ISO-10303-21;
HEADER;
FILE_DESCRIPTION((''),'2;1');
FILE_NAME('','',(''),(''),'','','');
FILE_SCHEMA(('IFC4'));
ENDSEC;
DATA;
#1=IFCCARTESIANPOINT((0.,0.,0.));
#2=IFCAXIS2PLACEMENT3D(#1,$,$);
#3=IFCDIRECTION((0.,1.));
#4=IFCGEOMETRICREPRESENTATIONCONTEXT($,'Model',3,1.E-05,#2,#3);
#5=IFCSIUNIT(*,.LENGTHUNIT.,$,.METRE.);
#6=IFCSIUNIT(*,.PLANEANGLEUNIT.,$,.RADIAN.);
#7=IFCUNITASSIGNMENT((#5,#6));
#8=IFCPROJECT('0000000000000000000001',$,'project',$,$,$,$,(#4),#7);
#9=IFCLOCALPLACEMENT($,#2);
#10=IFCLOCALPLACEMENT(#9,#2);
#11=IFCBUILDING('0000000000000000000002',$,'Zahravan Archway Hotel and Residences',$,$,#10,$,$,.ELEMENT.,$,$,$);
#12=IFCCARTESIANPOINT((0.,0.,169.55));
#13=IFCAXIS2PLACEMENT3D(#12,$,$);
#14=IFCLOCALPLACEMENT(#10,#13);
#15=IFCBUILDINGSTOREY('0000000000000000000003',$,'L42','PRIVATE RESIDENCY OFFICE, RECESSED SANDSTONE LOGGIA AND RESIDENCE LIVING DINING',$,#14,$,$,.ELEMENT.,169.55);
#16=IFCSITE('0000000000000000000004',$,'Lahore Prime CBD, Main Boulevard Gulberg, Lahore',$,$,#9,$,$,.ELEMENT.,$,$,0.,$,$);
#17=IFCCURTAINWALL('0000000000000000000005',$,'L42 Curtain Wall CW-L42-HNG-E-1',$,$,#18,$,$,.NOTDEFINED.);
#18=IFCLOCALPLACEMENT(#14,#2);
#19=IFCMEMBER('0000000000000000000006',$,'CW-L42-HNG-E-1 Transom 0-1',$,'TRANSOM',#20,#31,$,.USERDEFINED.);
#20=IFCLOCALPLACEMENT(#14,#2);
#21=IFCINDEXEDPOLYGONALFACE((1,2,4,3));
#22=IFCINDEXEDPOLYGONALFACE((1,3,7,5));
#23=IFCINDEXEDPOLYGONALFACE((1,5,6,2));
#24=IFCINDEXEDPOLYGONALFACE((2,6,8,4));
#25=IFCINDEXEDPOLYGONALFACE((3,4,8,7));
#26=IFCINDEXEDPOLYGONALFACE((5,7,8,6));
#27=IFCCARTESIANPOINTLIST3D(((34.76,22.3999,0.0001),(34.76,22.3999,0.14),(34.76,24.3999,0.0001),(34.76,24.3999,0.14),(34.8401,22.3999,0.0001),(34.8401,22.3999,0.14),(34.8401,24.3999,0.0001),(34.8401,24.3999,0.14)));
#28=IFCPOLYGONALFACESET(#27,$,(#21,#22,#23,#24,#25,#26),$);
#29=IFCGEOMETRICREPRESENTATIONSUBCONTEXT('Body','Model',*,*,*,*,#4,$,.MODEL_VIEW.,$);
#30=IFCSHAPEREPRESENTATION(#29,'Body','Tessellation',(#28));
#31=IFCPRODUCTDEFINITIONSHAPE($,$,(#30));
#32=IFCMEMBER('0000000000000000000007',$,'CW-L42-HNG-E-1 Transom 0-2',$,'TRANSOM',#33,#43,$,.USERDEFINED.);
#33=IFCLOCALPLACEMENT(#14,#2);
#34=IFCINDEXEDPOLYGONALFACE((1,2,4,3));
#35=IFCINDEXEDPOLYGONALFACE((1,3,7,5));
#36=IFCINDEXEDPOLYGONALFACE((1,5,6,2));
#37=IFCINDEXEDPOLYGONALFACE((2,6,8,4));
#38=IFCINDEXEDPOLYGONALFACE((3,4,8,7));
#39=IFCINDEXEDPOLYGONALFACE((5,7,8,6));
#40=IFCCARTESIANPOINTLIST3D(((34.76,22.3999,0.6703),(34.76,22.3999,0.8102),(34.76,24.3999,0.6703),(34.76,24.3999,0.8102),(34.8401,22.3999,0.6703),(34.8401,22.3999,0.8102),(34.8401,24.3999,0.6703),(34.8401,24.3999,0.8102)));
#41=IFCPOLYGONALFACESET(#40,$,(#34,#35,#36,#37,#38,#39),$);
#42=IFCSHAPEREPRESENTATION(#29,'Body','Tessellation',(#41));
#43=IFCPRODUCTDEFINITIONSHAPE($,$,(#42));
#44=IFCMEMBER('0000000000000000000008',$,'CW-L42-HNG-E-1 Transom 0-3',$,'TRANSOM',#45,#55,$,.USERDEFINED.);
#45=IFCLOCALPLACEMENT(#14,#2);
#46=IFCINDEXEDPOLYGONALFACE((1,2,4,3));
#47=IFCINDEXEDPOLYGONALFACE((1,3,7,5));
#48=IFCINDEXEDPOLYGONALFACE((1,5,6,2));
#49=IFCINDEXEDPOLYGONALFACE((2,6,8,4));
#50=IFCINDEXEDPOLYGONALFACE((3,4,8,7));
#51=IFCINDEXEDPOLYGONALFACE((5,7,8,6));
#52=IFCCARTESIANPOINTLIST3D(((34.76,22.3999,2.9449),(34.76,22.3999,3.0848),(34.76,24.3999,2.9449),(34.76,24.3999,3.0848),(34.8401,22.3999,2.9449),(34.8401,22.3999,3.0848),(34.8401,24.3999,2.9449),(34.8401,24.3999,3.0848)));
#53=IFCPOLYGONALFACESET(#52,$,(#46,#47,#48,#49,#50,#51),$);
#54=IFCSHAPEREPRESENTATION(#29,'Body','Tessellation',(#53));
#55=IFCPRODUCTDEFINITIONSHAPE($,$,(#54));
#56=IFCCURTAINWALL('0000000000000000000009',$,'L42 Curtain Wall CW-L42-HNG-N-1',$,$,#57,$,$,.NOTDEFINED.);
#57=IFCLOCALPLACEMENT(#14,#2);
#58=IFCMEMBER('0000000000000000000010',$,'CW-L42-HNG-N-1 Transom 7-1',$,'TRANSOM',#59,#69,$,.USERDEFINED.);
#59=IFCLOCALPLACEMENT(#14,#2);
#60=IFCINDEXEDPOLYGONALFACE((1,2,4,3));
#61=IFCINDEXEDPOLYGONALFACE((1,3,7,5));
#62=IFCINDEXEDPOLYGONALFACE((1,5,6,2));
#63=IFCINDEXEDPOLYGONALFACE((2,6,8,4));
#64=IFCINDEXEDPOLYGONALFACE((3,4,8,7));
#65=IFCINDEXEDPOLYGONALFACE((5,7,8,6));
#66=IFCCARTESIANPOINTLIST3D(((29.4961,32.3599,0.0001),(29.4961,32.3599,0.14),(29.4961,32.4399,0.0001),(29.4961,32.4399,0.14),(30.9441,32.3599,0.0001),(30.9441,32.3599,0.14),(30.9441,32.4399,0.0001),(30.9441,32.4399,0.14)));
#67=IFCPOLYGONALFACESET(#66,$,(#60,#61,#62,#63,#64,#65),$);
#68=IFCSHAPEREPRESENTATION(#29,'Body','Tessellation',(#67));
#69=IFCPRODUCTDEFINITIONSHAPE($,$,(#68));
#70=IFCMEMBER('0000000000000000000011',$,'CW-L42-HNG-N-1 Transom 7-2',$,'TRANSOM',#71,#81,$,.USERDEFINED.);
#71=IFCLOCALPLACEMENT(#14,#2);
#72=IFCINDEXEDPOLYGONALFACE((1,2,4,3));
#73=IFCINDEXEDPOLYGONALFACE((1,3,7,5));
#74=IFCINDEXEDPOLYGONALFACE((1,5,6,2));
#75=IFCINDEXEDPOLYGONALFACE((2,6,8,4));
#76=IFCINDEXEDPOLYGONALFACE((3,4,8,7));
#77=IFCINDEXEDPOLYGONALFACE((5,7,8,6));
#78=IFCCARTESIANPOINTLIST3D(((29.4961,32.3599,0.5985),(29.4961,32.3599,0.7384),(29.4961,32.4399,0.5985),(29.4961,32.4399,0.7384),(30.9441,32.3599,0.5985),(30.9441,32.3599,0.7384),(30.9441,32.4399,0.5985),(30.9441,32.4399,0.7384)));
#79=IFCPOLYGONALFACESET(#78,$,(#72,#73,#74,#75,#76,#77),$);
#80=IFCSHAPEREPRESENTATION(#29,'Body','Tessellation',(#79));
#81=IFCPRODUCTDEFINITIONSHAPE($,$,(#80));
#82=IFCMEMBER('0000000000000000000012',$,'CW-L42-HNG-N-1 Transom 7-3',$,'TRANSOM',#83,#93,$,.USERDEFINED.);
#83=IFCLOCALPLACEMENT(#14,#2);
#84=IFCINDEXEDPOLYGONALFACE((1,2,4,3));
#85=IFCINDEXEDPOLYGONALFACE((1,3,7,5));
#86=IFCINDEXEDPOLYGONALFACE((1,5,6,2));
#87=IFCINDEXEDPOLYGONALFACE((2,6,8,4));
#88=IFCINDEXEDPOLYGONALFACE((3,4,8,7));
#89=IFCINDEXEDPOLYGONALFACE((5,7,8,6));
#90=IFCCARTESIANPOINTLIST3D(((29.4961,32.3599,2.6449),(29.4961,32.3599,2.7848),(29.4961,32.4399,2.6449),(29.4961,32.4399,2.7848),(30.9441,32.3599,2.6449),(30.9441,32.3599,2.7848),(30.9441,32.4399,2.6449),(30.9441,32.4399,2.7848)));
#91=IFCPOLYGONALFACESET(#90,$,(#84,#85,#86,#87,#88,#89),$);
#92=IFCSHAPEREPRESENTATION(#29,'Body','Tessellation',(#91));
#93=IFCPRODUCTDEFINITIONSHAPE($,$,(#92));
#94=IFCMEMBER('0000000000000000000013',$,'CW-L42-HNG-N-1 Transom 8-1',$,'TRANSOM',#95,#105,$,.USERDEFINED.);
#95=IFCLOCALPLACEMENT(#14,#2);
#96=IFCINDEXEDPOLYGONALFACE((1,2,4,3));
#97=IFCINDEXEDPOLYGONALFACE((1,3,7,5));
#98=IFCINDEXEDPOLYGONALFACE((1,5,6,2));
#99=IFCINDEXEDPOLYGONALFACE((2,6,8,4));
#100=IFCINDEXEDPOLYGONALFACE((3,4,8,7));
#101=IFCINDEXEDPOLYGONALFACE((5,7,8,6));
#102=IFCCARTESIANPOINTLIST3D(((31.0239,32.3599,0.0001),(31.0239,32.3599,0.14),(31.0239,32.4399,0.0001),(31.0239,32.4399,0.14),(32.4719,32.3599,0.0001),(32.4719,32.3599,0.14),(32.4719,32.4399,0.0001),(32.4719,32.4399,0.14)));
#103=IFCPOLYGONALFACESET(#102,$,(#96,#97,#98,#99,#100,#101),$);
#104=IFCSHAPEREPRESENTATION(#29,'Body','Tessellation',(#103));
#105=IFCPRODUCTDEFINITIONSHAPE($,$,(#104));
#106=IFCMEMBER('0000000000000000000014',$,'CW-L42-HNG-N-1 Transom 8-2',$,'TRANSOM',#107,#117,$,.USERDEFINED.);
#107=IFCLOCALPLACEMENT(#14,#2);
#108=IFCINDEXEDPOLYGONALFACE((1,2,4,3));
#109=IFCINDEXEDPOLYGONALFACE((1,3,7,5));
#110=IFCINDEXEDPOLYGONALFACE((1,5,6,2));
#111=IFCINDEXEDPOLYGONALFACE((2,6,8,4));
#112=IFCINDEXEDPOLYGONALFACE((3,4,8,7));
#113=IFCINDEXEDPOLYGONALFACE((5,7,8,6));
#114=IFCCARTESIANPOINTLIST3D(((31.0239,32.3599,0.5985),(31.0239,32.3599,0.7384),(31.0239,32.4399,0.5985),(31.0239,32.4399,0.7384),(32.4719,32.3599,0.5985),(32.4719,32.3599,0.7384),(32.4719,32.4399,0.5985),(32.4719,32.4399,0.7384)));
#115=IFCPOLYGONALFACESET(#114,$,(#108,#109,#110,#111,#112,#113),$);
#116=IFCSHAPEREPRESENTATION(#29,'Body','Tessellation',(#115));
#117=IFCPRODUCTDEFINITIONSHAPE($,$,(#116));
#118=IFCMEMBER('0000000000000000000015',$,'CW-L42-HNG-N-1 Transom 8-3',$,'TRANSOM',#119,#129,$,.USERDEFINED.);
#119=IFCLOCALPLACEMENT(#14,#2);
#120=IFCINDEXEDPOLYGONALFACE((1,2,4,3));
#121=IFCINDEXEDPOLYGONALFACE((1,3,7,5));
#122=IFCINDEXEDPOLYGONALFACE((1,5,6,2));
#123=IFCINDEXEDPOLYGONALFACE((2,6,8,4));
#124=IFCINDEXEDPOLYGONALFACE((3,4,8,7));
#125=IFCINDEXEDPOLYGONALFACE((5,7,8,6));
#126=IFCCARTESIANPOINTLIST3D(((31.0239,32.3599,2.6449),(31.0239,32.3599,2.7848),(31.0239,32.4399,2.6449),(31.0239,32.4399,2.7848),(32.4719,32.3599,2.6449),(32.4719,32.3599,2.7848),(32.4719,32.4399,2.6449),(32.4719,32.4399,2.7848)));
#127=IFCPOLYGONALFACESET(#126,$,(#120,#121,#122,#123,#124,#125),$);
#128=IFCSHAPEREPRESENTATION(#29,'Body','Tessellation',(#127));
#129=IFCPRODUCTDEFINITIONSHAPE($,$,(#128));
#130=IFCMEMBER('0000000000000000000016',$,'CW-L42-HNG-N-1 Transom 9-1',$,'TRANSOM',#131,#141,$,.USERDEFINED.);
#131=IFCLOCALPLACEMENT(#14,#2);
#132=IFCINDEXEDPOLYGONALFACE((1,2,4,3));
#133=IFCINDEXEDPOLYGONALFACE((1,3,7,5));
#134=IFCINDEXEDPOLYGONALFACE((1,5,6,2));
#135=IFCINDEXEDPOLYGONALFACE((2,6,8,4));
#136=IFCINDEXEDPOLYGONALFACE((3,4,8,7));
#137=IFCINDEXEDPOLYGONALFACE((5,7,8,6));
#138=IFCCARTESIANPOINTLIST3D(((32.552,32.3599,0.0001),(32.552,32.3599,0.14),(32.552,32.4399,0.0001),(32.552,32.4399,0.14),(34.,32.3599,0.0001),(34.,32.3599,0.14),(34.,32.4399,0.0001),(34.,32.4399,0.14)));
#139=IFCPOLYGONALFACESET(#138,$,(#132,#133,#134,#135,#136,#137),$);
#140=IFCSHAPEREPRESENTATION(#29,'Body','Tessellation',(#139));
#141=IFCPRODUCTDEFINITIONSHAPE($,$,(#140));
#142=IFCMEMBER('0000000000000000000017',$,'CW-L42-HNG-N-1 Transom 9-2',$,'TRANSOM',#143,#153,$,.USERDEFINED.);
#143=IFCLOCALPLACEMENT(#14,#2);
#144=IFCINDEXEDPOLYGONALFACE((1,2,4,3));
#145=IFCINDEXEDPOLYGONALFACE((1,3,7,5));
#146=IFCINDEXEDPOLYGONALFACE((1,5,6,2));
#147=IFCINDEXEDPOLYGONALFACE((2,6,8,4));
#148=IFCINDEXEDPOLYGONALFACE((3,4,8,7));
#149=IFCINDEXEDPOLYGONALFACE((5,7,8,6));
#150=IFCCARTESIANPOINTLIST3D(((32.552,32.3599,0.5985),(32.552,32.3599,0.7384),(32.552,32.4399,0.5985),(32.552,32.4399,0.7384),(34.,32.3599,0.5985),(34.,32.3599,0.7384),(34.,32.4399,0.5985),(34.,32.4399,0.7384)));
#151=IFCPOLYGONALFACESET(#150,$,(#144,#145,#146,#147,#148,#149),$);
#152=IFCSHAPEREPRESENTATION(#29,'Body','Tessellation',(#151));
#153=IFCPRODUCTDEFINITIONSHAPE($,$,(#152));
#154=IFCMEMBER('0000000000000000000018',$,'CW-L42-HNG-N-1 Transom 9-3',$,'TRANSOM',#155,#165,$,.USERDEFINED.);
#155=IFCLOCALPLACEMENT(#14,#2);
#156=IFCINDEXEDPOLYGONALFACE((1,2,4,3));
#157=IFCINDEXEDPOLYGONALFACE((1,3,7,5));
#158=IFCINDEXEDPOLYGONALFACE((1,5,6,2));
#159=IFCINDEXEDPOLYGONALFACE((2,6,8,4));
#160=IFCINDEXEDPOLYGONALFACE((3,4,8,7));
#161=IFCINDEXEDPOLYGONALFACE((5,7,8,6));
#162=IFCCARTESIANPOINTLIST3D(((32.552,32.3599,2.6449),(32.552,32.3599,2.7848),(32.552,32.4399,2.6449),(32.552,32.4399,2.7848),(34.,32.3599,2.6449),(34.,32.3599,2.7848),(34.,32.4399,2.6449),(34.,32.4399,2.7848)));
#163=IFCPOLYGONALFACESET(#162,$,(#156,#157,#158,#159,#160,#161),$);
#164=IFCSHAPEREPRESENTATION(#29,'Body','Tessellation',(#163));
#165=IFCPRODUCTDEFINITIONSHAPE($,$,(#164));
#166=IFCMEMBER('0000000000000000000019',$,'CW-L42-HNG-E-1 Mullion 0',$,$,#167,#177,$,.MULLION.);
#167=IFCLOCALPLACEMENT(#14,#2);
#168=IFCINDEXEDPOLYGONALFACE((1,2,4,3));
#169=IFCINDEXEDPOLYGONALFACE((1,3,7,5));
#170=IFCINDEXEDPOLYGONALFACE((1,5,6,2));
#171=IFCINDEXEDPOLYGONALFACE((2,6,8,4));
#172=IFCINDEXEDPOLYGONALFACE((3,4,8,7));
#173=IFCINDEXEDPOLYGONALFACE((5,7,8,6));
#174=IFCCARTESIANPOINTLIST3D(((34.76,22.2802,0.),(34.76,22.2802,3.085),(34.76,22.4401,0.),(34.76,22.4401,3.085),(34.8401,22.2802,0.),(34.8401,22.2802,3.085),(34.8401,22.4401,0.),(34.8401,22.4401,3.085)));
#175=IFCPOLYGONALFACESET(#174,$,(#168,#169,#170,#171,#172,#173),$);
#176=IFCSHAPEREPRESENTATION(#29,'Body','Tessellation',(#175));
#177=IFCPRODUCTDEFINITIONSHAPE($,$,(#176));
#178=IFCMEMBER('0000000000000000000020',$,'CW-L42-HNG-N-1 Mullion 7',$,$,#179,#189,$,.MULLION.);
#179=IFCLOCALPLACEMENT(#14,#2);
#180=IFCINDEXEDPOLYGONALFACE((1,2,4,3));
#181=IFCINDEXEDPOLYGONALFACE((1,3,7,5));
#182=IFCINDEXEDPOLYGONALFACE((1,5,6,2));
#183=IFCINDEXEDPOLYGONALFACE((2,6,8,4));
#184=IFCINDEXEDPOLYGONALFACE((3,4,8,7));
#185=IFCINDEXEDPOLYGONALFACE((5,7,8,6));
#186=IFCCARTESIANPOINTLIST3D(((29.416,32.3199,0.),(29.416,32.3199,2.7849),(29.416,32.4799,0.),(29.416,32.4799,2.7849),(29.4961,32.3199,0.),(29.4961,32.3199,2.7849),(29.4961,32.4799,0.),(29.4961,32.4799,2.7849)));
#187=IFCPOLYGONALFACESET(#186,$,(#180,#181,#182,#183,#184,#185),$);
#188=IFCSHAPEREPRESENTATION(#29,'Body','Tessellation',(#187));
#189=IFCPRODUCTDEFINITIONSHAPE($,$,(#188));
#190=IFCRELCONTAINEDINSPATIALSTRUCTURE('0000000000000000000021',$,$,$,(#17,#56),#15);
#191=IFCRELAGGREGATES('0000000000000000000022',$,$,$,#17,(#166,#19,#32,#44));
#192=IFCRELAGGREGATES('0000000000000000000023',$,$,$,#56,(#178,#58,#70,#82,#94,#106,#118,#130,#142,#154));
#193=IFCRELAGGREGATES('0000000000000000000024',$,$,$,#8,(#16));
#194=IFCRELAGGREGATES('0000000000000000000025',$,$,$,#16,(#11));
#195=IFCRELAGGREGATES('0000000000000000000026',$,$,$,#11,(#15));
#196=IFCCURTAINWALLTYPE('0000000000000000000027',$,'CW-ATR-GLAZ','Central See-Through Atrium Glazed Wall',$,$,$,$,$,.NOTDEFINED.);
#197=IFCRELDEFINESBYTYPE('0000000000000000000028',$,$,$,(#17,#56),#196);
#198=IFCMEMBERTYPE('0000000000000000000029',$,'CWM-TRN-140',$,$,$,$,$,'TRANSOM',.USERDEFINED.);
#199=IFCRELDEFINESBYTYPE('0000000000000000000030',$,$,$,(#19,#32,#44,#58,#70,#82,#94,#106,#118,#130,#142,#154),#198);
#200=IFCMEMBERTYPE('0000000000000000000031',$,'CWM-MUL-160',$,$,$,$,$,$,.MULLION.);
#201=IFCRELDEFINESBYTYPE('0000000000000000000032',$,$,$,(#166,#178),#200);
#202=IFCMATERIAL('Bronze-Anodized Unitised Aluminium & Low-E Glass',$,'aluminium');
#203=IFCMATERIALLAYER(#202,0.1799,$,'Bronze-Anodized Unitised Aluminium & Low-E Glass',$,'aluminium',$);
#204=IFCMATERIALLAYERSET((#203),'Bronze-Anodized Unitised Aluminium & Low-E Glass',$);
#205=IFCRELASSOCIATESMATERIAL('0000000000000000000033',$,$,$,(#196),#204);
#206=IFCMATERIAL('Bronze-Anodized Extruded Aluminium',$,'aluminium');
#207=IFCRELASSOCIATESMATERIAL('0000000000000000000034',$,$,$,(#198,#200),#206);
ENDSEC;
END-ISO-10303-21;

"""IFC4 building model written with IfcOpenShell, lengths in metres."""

from ifc_helpers import new_model, si_unit, direction, frame, origin, origin_2d, place, context, subcontext, project, spatial, rectangle, extrude, source, transform, mapped, material, layer, layer_set, material_profile, profile_set, type_object, element, aggregate, save


model = new_model("IFC4")

# Units and contexts
model_context = context("Model", 3, precision=1e-05, world=origin(), true_north=direction((0.0, 1.0)))
body_context = subcontext(model_context, "Body", "Model", "MODEL_VIEW")
ifc_project = project(units=[si_unit("LENGTHUNIT", "METRE"), si_unit("PLANEANGLEUNIT", "RADIAN")], contexts=[model_context])

# Site, building, storey
site_placement = place(None, origin())
site = spatial("IfcSite", under=ifc_project, at=site_placement, Name="Lahore Prime CBD, Main Boulevard Gulberg, Lahore", CompositionType="ELEMENT", RefElevation=0.0)
building_placement = place(site_placement, origin())
building = spatial("IfcBuilding", under=site, at=building_placement, Name="Zahravan Archway Hotel and Residences", CompositionType="ELEMENT")
storey_placement = place(building_placement, frame((0.0, 0.0, 169.55)))
storey = spatial("IfcBuildingStorey", under=building, at=storey_placement, Name="L42", Description="PRIVATE RESIDENCY OFFICE, RECESSED SANDSTONE LOGGIA AND RESIDENCE LIVING DINING", CompositionType="ELEMENT", Elevation=169.55)

# Curtain walls, members
ifc_material_1 = material(Name="Bronze-Anodized Unitised Aluminium & Low-E Glass", Category="aluminium")
ifc_layer_1 = layer(ifc_material_1, 0.1799, Name="Bronze-Anodized Unitised Aluminium & Low-E Glass", Category="aluminium")
ifc_layer_set_1 = layer_set([ifc_layer_1], Name="Bronze-Anodized Unitised Aluminium & Low-E Glass")
curtain_wall_type = type_object("IfcCurtainWallType", Name="CW-ATR-GLAZ", Description="Central See-Through Atrium Glazed Wall", PredefinedType="NOTDEFINED", material=ifc_layer_set_1)
curtain_wall_1_placement = place(storey_placement, origin())
curtain_wall_1 = element("IfcCurtainWall", 1, at=curtain_wall_1_placement, inside=storey, type_object=curtain_wall_type, Name="L42 Curtain Wall CW-L42-HNG-E-1", PredefinedType="NOTDEFINED")
ifc_material_2 = material(Name="Bronze-Anodized Extruded Aluminium", Category="aluminium")
ifc_material_profile_1 = material_profile(ifc_material_2, rectangle(XDim=0.0801, YDim=0.1399, at=origin_2d()), Name="TRN 80x140", Category="aluminium")
ifc_profile_set_1 = profile_set([ifc_material_profile_1], Name="Bronze-Anodized Extruded Aluminium")
member_type_1 = type_object("IfcMemberType", Name="CWM-TRN-140", ElementType="TRANSOM", PredefinedType="USERDEFINED", material=ifc_profile_set_1)
shared_shape_1 = source(origin(), body_context, "Body", "SweptSolid", [
    extrude(rectangle(XDim=0.0801, YDim=0.1399, at=origin_2d()), origin(), (0.0, 0.0, 1.0), 2.0),
])
member_1_placement = place(storey_placement, frame((34.8, 22.3999, 0.0701), z_axis=(0.0, 1.0, 0.0), x_axis=(-1.0, 0.0, 0.0)))
member_1 = element("IfcMember", 2, at=member_1_placement, type_object=member_type_1, Name="CW-L42-HNG-E-1 Transom 0-1", ObjectType="TRANSOM", PredefinedType="USERDEFINED", context=body_context, shape_type="MappedRepresentation", body=[
    mapped(shared_shape_1, transform((0.0, 0.0, 0.0), scale=1.0)),
])
member_2_placement = place(storey_placement, frame((34.8, 22.3999, 0.7402), z_axis=(0.0, 1.0, 0.0), x_axis=(-1.0, 0.0, 0.0)))
member_2 = element("IfcMember", 3, at=member_2_placement, type_object=member_type_1, Name="CW-L42-HNG-E-1 Transom 0-2", ObjectType="TRANSOM", PredefinedType="USERDEFINED", context=body_context, shape_type="MappedRepresentation", body=[
    mapped(shared_shape_1, transform((0.0, 0.0, 0.0), scale=1.0)),
])
member_3_placement = place(storey_placement, frame((34.8, 22.3999, 3.0149), z_axis=(0.0, 1.0, 0.0), x_axis=(-1.0, 0.0, 0.0)))
member_3 = element("IfcMember", 4, at=member_3_placement, type_object=member_type_1, Name="CW-L42-HNG-E-1 Transom 0-3", ObjectType="TRANSOM", PredefinedType="USERDEFINED", context=body_context, shape_type="MappedRepresentation", body=[
    mapped(shared_shape_1, transform((0.0, 0.0, 0.0), scale=1.0)),
])
curtain_wall_2_placement = place(storey_placement, origin())
curtain_wall_2 = element("IfcCurtainWall", 5, at=curtain_wall_2_placement, inside=storey, type_object=curtain_wall_type, Name="L42 Curtain Wall CW-L42-HNG-N-1", PredefinedType="NOTDEFINED")
shared_shape_2 = source(origin(), body_context, "Body", "SweptSolid", [
    extrude(rectangle(XDim=0.0801, YDim=0.1399, at=origin_2d()), origin(), (0.0, 0.0, 1.0), 1.448),
])
member_4_placement = place(storey_placement, frame((29.4961, 32.3999, 0.0701), z_axis=(1.0, 0.0, 0.0), x_axis=(0.0, 1.0, 0.0)))
member_4 = element("IfcMember", 6, at=member_4_placement, type_object=member_type_1, Name="CW-L42-HNG-N-1 Transom 7-1", ObjectType="TRANSOM", PredefinedType="USERDEFINED", context=body_context, shape_type="MappedRepresentation", body=[
    mapped(shared_shape_2, transform((0.0, 0.0, 0.0), scale=1.0)),
])
member_5_placement = place(storey_placement, frame((29.4961, 32.3999, 0.6685), z_axis=(1.0, 0.0, 0.0), x_axis=(0.0, 1.0, 0.0)))
member_5 = element("IfcMember", 7, at=member_5_placement, type_object=member_type_1, Name="CW-L42-HNG-N-1 Transom 7-2", ObjectType="TRANSOM", PredefinedType="USERDEFINED", context=body_context, shape_type="MappedRepresentation", body=[
    mapped(shared_shape_2, transform((0.0, 0.0, 0.0), scale=1.0)),
])
member_6_placement = place(storey_placement, frame((29.4961, 32.3999, 2.7148), z_axis=(1.0, 0.0, 0.0), x_axis=(0.0, 1.0, 0.0)))
member_6 = element("IfcMember", 8, at=member_6_placement, type_object=member_type_1, Name="CW-L42-HNG-N-1 Transom 7-3", ObjectType="TRANSOM", PredefinedType="USERDEFINED", context=body_context, shape_type="MappedRepresentation", body=[
    mapped(shared_shape_2, transform((0.0, 0.0, 0.0), scale=1.0)),
])
member_7_placement = place(storey_placement, frame((31.0239, 32.3999, 0.0701), z_axis=(1.0, 0.0, 0.0), x_axis=(0.0, 1.0, 0.0)))
member_7 = element("IfcMember", 9, at=member_7_placement, type_object=member_type_1, Name="CW-L42-HNG-N-1 Transom 8-1", ObjectType="TRANSOM", PredefinedType="USERDEFINED", context=body_context, shape_type="MappedRepresentation", body=[
    mapped(shared_shape_2, transform((0.0, 0.0, 0.0), scale=1.0)),
])
member_8_placement = place(storey_placement, frame((31.0239, 32.3999, 0.6685), z_axis=(1.0, 0.0, 0.0), x_axis=(0.0, 1.0, 0.0)))
member_8 = element("IfcMember", 10, at=member_8_placement, type_object=member_type_1, Name="CW-L42-HNG-N-1 Transom 8-2", ObjectType="TRANSOM", PredefinedType="USERDEFINED", context=body_context, shape_type="MappedRepresentation", body=[
    mapped(shared_shape_2, transform((0.0, 0.0, 0.0), scale=1.0)),
])
member_9_placement = place(storey_placement, frame((31.0239, 32.3999, 2.7148), z_axis=(1.0, 0.0, 0.0), x_axis=(0.0, 1.0, 0.0)))
member_9 = element("IfcMember", 11, at=member_9_placement, type_object=member_type_1, Name="CW-L42-HNG-N-1 Transom 8-3", ObjectType="TRANSOM", PredefinedType="USERDEFINED", context=body_context, shape_type="MappedRepresentation", body=[
    mapped(shared_shape_2, transform((0.0, 0.0, 0.0), scale=1.0)),
])
member_10_placement = place(storey_placement, frame((32.552, 32.3999, 0.0701), z_axis=(1.0, 0.0, 0.0), x_axis=(0.0, 1.0, 0.0)))
member_10 = element("IfcMember", 12, at=member_10_placement, type_object=member_type_1, Name="CW-L42-HNG-N-1 Transom 9-1", ObjectType="TRANSOM", PredefinedType="USERDEFINED", context=body_context, shape_type="MappedRepresentation", body=[
    mapped(shared_shape_2, transform((0.0, 0.0, 0.0), scale=1.0)),
])
member_11_placement = place(storey_placement, frame((32.552, 32.3999, 0.6685), z_axis=(1.0, 0.0, 0.0), x_axis=(0.0, 1.0, 0.0)))
member_11 = element("IfcMember", 13, at=member_11_placement, type_object=member_type_1, Name="CW-L42-HNG-N-1 Transom 9-2", ObjectType="TRANSOM", PredefinedType="USERDEFINED", context=body_context, shape_type="MappedRepresentation", body=[
    mapped(shared_shape_2, transform((0.0, 0.0, 0.0), scale=1.0)),
])
member_12_placement = place(storey_placement, frame((32.552, 32.3999, 2.7148), z_axis=(1.0, 0.0, 0.0), x_axis=(0.0, 1.0, 0.0)))
member_12 = element("IfcMember", 14, at=member_12_placement, type_object=member_type_1, Name="CW-L42-HNG-N-1 Transom 9-3", ObjectType="TRANSOM", PredefinedType="USERDEFINED", context=body_context, shape_type="MappedRepresentation", body=[
    mapped(shared_shape_2, transform((0.0, 0.0, 0.0), scale=1.0)),
])

# Members
ifc_material_profile_2 = material_profile(ifc_material_2, rectangle(XDim=0.0801, YDim=0.1599, at=origin_2d()), Name="MUL 80x160", Category="aluminium")
ifc_profile_set_2 = profile_set([ifc_material_profile_2], Name="Bronze-Anodized Extruded Aluminium")
member_type_2 = type_object("IfcMemberType", Name="CWM-MUL-160", PredefinedType="MULLION", material=ifc_profile_set_2)
shared_shape_3 = source(origin(), body_context, "Body", "SweptSolid", [
    extrude(rectangle(XDim=0.0801, YDim=0.1599, at=origin_2d()), origin(), (0.0, 0.0, 1.0), 3.085),
])
member_13_placement = place(storey_placement, frame((34.8, 22.3601, 0.0), z_axis=(0.0, 0.0, 1.0), x_axis=(1.0, 0.0, 0.0)))
member_13 = element("IfcMember", 15, at=member_13_placement, type_object=member_type_2, Name="CW-L42-HNG-E-1 Mullion 0", PredefinedType="MULLION", context=body_context, shape_type="MappedRepresentation", body=[
    mapped(shared_shape_3, transform((0.0, 0.0, 0.0), scale=1.0)),
])
shared_shape_4 = source(origin(), body_context, "Body", "SweptSolid", [
    extrude(rectangle(XDim=0.0801, YDim=0.1599, at=origin_2d()), origin(), (0.0, 0.0, 1.0), 2.7849),
])
member_14_placement = place(storey_placement, frame((29.4561, 32.3999, 0.0), z_axis=(0.0, 0.0, 1.0), x_axis=(1.0, 0.0, 0.0)))
member_14 = element("IfcMember", 16, at=member_14_placement, type_object=member_type_2, Name="CW-L42-HNG-N-1 Mullion 7", PredefinedType="MULLION", context=body_context, shape_type="MappedRepresentation", body=[
    mapped(shared_shape_4, transform((0.0, 0.0, 0.0), scale=1.0)),
])

aggregate(curtain_wall_1, [member_13, member_1, member_2, member_3])
aggregate(curtain_wall_2, [member_14, member_4, member_5, member_6, member_7, member_8, member_9, member_10, member_11, member_12])

save(model, "model.ifc")
